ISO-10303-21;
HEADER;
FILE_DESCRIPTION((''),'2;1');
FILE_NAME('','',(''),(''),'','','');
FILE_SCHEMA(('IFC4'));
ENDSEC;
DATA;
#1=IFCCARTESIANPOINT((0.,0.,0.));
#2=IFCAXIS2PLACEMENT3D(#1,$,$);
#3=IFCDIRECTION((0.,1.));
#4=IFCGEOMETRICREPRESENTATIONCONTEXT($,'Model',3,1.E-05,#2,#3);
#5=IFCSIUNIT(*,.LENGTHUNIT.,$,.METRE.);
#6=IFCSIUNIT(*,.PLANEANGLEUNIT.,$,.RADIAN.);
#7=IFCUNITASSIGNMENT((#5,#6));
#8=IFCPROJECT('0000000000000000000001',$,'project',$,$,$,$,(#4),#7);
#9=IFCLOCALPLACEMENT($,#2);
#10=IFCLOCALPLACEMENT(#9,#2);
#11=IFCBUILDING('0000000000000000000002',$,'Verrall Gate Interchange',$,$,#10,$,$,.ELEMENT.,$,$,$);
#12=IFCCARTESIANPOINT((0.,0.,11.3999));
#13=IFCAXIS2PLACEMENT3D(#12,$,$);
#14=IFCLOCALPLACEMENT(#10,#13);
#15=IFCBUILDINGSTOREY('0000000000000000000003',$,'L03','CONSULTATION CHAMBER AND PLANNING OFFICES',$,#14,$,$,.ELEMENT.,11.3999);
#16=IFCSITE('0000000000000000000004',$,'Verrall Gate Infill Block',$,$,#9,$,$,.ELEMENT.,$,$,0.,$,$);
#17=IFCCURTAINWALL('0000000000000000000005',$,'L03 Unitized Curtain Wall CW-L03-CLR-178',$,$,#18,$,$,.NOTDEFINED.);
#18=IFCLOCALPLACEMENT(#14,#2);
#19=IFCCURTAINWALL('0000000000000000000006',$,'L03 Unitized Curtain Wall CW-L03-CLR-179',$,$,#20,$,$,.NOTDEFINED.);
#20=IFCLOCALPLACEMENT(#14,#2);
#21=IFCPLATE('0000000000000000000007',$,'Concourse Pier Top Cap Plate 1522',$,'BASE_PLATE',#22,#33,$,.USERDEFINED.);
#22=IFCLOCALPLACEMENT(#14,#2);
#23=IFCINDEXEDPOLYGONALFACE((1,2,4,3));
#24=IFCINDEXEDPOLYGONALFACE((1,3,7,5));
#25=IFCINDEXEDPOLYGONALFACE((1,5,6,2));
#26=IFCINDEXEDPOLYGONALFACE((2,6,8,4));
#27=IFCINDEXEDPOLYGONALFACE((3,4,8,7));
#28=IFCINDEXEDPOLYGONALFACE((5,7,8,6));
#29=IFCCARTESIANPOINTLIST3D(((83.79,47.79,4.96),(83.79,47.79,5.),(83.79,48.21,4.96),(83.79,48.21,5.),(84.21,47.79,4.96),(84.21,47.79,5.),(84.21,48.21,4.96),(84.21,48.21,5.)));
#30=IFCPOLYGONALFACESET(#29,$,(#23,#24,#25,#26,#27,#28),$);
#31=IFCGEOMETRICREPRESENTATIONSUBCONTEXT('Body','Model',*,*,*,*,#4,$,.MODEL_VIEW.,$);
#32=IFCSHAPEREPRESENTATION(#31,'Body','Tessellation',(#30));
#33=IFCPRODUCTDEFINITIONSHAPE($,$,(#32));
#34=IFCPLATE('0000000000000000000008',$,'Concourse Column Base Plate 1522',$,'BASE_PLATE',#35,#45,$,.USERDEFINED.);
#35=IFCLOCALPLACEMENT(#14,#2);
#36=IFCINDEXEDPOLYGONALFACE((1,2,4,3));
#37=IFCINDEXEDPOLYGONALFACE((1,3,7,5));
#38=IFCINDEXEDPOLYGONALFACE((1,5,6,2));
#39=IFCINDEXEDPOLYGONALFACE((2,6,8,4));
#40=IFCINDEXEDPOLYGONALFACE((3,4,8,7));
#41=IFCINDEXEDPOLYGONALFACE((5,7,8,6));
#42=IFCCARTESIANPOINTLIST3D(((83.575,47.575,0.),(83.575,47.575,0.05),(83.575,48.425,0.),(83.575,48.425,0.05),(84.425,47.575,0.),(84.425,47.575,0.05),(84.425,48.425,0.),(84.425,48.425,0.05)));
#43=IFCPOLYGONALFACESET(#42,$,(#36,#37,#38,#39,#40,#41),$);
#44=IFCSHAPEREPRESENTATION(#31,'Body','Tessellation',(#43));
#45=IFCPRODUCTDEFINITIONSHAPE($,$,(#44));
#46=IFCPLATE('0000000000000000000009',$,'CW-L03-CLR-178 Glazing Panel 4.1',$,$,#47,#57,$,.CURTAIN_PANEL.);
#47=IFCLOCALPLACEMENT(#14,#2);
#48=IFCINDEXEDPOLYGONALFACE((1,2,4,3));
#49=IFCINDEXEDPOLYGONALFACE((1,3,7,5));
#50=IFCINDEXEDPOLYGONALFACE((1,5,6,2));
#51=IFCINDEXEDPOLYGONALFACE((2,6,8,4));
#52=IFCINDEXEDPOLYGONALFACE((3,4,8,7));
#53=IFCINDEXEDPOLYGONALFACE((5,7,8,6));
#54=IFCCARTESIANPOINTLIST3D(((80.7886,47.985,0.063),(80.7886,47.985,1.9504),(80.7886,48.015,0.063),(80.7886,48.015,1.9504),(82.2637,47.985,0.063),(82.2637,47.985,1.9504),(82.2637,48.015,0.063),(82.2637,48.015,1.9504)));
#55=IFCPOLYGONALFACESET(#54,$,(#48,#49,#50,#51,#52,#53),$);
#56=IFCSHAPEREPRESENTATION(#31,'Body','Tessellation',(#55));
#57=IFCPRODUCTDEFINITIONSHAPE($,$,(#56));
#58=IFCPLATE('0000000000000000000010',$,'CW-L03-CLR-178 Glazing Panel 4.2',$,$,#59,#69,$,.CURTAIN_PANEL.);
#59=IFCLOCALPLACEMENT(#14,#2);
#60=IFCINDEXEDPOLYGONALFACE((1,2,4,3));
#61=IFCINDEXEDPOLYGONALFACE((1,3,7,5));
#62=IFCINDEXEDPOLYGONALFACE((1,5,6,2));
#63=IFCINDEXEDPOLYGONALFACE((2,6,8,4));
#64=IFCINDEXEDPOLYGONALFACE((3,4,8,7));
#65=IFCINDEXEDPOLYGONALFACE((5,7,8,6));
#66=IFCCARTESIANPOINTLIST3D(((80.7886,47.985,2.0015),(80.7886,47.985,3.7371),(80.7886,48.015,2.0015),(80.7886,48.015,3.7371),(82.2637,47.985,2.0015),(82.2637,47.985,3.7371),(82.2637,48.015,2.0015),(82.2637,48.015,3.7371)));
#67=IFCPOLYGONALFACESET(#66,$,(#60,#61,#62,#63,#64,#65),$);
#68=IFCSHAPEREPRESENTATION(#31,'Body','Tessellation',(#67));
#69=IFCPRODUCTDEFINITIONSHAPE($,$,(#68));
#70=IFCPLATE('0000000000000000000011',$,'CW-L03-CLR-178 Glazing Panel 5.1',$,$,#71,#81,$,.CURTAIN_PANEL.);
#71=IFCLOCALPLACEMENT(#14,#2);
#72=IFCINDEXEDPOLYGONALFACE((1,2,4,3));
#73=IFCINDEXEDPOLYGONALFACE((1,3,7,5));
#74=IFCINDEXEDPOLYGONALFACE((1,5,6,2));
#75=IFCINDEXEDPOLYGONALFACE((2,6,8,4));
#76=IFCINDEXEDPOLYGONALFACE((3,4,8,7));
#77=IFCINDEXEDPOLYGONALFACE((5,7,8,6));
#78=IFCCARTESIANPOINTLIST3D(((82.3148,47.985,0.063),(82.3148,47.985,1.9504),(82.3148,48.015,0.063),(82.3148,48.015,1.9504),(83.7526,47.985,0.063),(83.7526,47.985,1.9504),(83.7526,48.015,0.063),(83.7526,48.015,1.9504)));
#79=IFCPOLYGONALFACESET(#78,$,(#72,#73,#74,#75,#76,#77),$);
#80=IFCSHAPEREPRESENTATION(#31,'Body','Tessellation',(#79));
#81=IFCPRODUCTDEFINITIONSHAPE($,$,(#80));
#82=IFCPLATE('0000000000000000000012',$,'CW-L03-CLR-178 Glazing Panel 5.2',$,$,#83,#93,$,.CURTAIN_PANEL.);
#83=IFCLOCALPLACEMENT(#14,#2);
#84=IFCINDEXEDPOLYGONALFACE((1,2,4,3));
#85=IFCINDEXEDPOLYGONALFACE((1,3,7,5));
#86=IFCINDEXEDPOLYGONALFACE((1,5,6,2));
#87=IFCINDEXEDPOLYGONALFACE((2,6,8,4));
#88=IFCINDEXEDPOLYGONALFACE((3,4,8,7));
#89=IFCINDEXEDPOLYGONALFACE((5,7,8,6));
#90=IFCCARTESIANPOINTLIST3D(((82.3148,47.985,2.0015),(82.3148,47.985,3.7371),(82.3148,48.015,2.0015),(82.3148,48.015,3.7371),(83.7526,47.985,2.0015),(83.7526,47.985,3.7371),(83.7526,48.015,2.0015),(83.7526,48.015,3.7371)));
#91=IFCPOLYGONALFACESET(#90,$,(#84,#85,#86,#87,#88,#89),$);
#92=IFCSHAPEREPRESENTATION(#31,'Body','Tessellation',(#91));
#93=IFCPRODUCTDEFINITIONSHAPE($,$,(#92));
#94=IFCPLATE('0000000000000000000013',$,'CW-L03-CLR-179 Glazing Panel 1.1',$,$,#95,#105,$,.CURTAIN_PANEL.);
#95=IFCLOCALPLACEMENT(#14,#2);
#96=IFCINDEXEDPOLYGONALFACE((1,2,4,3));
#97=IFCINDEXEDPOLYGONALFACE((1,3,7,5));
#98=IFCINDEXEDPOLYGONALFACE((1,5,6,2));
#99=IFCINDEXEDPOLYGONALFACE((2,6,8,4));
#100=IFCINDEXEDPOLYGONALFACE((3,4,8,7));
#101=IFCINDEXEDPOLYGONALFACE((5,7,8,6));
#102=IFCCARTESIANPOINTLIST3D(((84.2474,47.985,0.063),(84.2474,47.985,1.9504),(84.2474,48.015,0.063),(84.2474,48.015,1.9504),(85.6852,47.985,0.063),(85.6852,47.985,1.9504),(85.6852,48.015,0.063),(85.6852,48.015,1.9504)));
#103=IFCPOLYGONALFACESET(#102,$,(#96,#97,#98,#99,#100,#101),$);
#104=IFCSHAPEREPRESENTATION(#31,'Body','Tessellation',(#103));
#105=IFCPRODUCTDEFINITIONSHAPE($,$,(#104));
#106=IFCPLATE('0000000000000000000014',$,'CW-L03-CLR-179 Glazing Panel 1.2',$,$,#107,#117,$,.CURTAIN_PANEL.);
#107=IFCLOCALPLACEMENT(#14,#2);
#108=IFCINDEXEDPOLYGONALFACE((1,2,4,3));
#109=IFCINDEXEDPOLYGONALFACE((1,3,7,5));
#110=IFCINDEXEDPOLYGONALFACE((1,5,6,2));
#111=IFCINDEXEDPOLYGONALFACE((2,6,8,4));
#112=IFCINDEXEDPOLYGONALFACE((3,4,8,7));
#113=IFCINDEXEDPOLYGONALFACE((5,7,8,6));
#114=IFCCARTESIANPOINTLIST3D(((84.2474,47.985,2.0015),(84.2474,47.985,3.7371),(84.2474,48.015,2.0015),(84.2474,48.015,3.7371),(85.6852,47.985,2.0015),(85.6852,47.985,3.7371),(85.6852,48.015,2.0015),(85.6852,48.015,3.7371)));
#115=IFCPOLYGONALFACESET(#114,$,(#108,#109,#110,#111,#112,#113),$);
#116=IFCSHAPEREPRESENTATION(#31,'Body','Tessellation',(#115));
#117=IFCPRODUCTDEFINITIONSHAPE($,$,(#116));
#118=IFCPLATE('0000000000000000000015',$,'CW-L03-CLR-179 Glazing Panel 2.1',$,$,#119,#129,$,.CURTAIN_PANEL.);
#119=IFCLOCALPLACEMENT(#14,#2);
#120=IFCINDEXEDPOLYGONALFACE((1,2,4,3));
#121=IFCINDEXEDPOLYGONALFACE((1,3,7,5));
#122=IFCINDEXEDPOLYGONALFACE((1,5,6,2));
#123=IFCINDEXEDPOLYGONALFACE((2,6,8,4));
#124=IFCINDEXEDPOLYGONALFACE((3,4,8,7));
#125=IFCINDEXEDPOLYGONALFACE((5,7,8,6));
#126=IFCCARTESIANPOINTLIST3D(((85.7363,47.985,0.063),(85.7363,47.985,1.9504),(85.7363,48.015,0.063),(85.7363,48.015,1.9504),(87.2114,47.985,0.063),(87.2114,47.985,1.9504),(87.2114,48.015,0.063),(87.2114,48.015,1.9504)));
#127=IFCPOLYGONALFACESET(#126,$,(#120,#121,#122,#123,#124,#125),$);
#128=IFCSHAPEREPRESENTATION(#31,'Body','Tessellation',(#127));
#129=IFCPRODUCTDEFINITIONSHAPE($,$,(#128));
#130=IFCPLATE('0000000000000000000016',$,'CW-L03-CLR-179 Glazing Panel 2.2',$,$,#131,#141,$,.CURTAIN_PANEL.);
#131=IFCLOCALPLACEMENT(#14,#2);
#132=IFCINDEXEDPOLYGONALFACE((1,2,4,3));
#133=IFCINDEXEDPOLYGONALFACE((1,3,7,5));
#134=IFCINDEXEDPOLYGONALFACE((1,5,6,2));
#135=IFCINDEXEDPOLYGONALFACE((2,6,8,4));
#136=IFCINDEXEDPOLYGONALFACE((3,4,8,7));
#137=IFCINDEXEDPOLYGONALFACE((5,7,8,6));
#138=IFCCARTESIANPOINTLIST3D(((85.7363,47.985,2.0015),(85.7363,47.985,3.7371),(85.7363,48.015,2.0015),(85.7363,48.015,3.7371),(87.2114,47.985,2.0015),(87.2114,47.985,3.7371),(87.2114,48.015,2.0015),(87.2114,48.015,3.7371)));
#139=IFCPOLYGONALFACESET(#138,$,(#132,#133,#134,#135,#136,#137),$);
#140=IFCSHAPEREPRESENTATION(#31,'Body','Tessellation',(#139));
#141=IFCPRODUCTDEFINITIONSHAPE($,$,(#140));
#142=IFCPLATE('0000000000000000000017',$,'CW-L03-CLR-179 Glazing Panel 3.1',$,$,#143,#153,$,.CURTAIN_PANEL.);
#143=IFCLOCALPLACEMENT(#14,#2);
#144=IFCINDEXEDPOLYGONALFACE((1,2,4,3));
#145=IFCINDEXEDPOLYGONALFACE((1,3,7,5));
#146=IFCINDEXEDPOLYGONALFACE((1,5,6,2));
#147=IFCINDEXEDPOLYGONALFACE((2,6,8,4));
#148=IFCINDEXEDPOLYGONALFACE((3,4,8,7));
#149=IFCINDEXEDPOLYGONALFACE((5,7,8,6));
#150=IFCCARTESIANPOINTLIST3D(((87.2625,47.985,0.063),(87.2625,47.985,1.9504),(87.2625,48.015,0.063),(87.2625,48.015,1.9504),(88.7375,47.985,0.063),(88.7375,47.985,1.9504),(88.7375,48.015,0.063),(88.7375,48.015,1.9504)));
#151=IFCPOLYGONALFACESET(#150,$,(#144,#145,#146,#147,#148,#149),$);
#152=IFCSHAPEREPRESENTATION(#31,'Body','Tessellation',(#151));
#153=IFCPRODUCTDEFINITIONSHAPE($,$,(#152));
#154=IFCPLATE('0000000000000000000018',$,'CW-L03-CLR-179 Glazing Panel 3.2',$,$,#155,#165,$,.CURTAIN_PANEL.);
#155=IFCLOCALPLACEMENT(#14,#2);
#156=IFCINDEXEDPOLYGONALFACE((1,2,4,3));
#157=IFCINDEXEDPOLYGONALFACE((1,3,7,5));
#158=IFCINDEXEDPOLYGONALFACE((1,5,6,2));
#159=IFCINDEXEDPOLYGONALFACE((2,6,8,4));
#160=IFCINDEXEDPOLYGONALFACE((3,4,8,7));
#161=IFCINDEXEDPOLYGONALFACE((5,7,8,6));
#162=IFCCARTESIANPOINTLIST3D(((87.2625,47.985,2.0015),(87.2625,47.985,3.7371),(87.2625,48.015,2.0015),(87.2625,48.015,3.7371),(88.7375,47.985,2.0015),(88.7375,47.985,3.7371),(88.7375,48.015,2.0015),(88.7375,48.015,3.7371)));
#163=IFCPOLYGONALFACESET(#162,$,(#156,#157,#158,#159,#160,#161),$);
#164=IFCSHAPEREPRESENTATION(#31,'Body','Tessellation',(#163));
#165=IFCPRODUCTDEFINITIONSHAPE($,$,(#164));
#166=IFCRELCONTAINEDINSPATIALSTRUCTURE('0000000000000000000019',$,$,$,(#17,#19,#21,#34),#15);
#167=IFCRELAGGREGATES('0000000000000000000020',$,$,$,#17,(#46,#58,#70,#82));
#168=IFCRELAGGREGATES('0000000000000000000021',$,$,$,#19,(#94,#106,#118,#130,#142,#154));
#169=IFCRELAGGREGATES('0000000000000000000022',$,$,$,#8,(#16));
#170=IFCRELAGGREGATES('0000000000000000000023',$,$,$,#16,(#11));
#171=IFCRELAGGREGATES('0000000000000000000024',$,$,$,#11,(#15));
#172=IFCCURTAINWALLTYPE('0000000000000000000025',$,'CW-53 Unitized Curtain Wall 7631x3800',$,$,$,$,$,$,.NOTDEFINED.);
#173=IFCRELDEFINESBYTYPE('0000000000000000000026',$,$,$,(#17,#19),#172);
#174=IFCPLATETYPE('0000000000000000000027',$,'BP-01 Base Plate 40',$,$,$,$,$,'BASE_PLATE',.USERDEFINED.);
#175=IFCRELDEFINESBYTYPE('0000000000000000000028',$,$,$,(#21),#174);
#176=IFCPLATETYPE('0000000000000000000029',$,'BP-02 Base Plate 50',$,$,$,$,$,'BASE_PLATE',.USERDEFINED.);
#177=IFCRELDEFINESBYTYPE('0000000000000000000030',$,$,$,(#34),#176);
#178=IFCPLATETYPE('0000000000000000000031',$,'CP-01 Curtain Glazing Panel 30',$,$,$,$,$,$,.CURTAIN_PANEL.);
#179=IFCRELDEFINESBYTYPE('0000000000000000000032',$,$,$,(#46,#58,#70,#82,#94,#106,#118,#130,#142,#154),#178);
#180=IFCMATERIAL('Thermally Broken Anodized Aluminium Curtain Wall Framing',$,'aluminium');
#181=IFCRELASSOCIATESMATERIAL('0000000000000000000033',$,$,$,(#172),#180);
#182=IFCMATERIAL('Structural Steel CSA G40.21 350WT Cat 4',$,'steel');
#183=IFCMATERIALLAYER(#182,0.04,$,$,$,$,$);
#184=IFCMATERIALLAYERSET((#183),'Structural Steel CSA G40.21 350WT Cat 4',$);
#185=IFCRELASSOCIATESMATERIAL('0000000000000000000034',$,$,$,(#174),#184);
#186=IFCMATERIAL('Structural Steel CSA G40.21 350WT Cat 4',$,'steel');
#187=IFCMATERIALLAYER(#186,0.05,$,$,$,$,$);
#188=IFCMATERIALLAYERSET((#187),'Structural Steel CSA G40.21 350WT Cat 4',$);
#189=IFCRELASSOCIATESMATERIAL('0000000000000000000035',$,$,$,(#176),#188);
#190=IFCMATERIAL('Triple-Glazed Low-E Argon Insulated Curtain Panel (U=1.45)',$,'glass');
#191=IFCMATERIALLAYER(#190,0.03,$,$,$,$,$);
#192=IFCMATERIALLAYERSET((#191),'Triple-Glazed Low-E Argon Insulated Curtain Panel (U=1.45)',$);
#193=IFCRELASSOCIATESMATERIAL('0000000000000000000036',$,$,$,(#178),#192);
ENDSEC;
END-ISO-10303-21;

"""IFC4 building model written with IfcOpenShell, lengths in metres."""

from ifc_helpers import new_model, si_unit, direction, frame, origin, origin_2d, place, context, subcontext, project, spatial, rectangle, extrude, material, layer, layer_set, type_object, element, aggregate, save


model = new_model("IFC4")

# Units and contexts
model_context = context("Model", 3, precision=1e-05, world=origin(), true_north=direction((0.0, 1.0)))
body_context = subcontext(model_context, "Body", "Model", "MODEL_VIEW")
ifc_project = project(units=[si_unit("LENGTHUNIT", "METRE"), si_unit("PLANEANGLEUNIT", "RADIAN")], contexts=[model_context])

# Site, building, storey
site_placement = place(None, origin())
site = spatial("IfcSite", under=ifc_project, at=site_placement, Name="Verrall Gate Infill Block", CompositionType="ELEMENT", RefElevation=0.0)
building_placement = place(site_placement, origin())
building = spatial("IfcBuilding", under=site, at=building_placement, Name="Verrall Gate Interchange", CompositionType="ELEMENT")
storey_placement = place(building_placement, frame((0.0, 0.0, 11.3999)))
storey = spatial("IfcBuildingStorey", under=building, at=storey_placement, Name="L03", Description="CONSULTATION CHAMBER AND PLANNING OFFICES", CompositionType="ELEMENT", Elevation=11.3999)

# Curtain walls
ifc_material_1 = material(Name="Thermally Broken Anodized Aluminium Curtain Wall Framing", Category="aluminium")
curtain_wall_type = type_object("IfcCurtainWallType", Name="CW-53 Unitized Curtain Wall 7631x3800", PredefinedType="NOTDEFINED", material=ifc_material_1)
curtain_wall_1_placement = place(storey_placement, origin())
curtain_wall_1 = element("IfcCurtainWall", 1, at=curtain_wall_1_placement, inside=storey, type_object=curtain_wall_type, Name="L03 Unitized Curtain Wall CW-L03-CLR-178", PredefinedType="NOTDEFINED")
curtain_wall_2_placement = place(storey_placement, origin())
curtain_wall_2 = element("IfcCurtainWall", 2, at=curtain_wall_2_placement, inside=storey, type_object=curtain_wall_type, Name="L03 Unitized Curtain Wall CW-L03-CLR-179", PredefinedType="NOTDEFINED")

# Plates
ifc_material_2 = material(Name="Structural Steel CSA G40.21 350WT Cat 4", Category="steel")
ifc_layer_1 = layer(ifc_material_2, 0.04)
ifc_layer_set_1 = layer_set([ifc_layer_1], Name="Structural Steel CSA G40.21 350WT Cat 4")
plate_type_1 = type_object("IfcPlateType", Name="BP-01 Base Plate 40", ElementType="BASE_PLATE", PredefinedType="USERDEFINED", material=ifc_layer_set_1)
plate_1_placement = place(storey_placement, frame((84.0, 48.0, 4.96), z_axis=(0.0, 0.0, 1.0), x_axis=(1.0, 0.0, 0.0)))
element("IfcPlate", 3, at=plate_1_placement, inside=storey, type_object=plate_type_1, Name="Concourse Pier Top Cap Plate 1522", ObjectType="BASE_PLATE", PredefinedType="USERDEFINED", context=body_context, shape_type="SweptSolid", body=[
    extrude(rectangle(XDim=0.4199, YDim=0.4199, at=origin_2d()), origin(), (0.0, 0.0, 1.0), 0.04),
])
ifc_material_3 = material(Name="Structural Steel CSA G40.21 350WT Cat 4", Category="steel")
ifc_layer_2 = layer(ifc_material_3, 0.05)
ifc_layer_set_2 = layer_set([ifc_layer_2], Name="Structural Steel CSA G40.21 350WT Cat 4")
plate_type_2 = type_object("IfcPlateType", Name="BP-02 Base Plate 50", ElementType="BASE_PLATE", PredefinedType="USERDEFINED", material=ifc_layer_set_2)
plate_2_placement = place(storey_placement, frame((84.0, 48.0, 0.0), z_axis=(0.0, 0.0, 1.0), x_axis=(1.0, 0.0, 0.0)))
element("IfcPlate", 4, at=plate_2_placement, inside=storey, type_object=plate_type_2, Name="Concourse Column Base Plate 1522", ObjectType="BASE_PLATE", PredefinedType="USERDEFINED", context=body_context, shape_type="SweptSolid", body=[
    extrude(rectangle(XDim=0.8501, YDim=0.8501, at=origin_2d()), origin(), (0.0, 0.0, 1.0), 0.05),
])

# Plates
ifc_material_4 = material(Name="Triple-Glazed Low-E Argon Insulated Curtain Panel (U=1.45)", Category="glass")
ifc_layer_3 = layer(ifc_material_4, 0.03)
ifc_layer_set_3 = layer_set([ifc_layer_3], Name="Triple-Glazed Low-E Argon Insulated Curtain Panel (U=1.45)")
plate_type_3 = type_object("IfcPlateType", Name="CP-01 Curtain Glazing Panel 30", PredefinedType="CURTAIN_PANEL", material=ifc_layer_set_3)
plate_3_placement = place(storey_placement, frame((81.5261, 48.0, 0.063), z_axis=(0.0, 0.0, 1.0), x_axis=(1.0, 0.0, 0.0)))
plate_3 = element("IfcPlate", 5, at=plate_3_placement, type_object=plate_type_3, Name="CW-L03-CLR-178 Glazing Panel 4.1", PredefinedType="CURTAIN_PANEL", context=body_context, shape_type="SweptSolid", body=[
    extrude(rectangle(XDim=1.4751, YDim=0.03, at=origin_2d()), origin(), (0.0, 0.0, 1.0), 1.8875),
])
plate_4_placement = place(storey_placement, frame((81.5261, 48.0, 2.0015), z_axis=(0.0, 0.0, 1.0), x_axis=(1.0, 0.0, 0.0)))
plate_4 = element("IfcPlate", 6, at=plate_4_placement, type_object=plate_type_3, Name="CW-L03-CLR-178 Glazing Panel 4.2", PredefinedType="CURTAIN_PANEL", context=body_context, shape_type="SweptSolid", body=[
    extrude(rectangle(XDim=1.4751, YDim=0.03, at=origin_2d()), origin(), (0.0, 0.0, 1.0), 1.7356),
])
plate_5_placement = place(storey_placement, frame((83.0337, 48.0, 0.063), z_axis=(0.0, 0.0, 1.0), x_axis=(1.0, 0.0, 0.0)))
plate_5 = element("IfcPlate", 7, at=plate_5_placement, type_object=plate_type_3, Name="CW-L03-CLR-178 Glazing Panel 5.1", PredefinedType="CURTAIN_PANEL", context=body_context, shape_type="SweptSolid", body=[
    extrude(rectangle(XDim=1.4377, YDim=0.03, at=origin_2d()), origin(), (0.0, 0.0, 1.0), 1.8875),
])
plate_6_placement = place(storey_placement, frame((83.0337, 48.0, 2.0015), z_axis=(0.0, 0.0, 1.0), x_axis=(1.0, 0.0, 0.0)))
plate_6 = element("IfcPlate", 8, at=plate_6_placement, type_object=plate_type_3, Name="CW-L03-CLR-178 Glazing Panel 5.2", PredefinedType="CURTAIN_PANEL", context=body_context, shape_type="SweptSolid", body=[
    extrude(rectangle(XDim=1.4377, YDim=0.03, at=origin_2d()), origin(), (0.0, 0.0, 1.0), 1.7356),
])
aggregate(curtain_wall_1, [plate_3, plate_4, plate_5, plate_6])
plate_7_placement = place(storey_placement, frame((84.9663, 48.0, 0.063), z_axis=(0.0, 0.0, 1.0), x_axis=(1.0, 0.0, 0.0)))
plate_7 = element("IfcPlate", 9, at=plate_7_placement, type_object=plate_type_3, Name="CW-L03-CLR-179 Glazing Panel 1.1", PredefinedType="CURTAIN_PANEL", context=body_context, shape_type="SweptSolid", body=[
    extrude(rectangle(XDim=1.4377, YDim=0.03, at=origin_2d()), origin(), (0.0, 0.0, 1.0), 1.8875),
])
plate_8_placement = place(storey_placement, frame((84.9663, 48.0, 2.0015), z_axis=(0.0, 0.0, 1.0), x_axis=(1.0, 0.0, 0.0)))
plate_8 = element("IfcPlate", 10, at=plate_8_placement, type_object=plate_type_3, Name="CW-L03-CLR-179 Glazing Panel 1.2", PredefinedType="CURTAIN_PANEL", context=body_context, shape_type="SweptSolid", body=[
    extrude(rectangle(XDim=1.4377, YDim=0.03, at=origin_2d()), origin(), (0.0, 0.0, 1.0), 1.7356),
])
plate_9_placement = place(storey_placement, frame((86.4739, 48.0, 0.063), z_axis=(0.0, 0.0, 1.0), x_axis=(1.0, 0.0, 0.0)))
plate_9 = element("IfcPlate", 11, at=plate_9_placement, type_object=plate_type_3, Name="CW-L03-CLR-179 Glazing Panel 2.1", PredefinedType="CURTAIN_PANEL", context=body_context, shape_type="SweptSolid", body=[
    extrude(rectangle(XDim=1.4751, YDim=0.03, at=origin_2d()), origin(), (0.0, 0.0, 1.0), 1.8875),
])
plate_10_placement = place(storey_placement, frame((86.4739, 48.0, 2.0015), z_axis=(0.0, 0.0, 1.0), x_axis=(1.0, 0.0, 0.0)))
plate_10 = element("IfcPlate", 12, at=plate_10_placement, type_object=plate_type_3, Name="CW-L03-CLR-179 Glazing Panel 2.2", PredefinedType="CURTAIN_PANEL", context=body_context, shape_type="SweptSolid", body=[
    extrude(rectangle(XDim=1.4751, YDim=0.03, at=origin_2d()), origin(), (0.0, 0.0, 1.0), 1.7356),
])
plate_11_placement = place(storey_placement, frame((88.0, 48.0, 0.063), z_axis=(0.0, 0.0, 1.0), x_axis=(1.0, 0.0, 0.0)))
plate_11 = element("IfcPlate", 13, at=plate_11_placement, type_object=plate_type_3, Name="CW-L03-CLR-179 Glazing Panel 3.1", PredefinedType="CURTAIN_PANEL", context=body_context, shape_type="SweptSolid", body=[
    extrude(rectangle(XDim=1.4751, YDim=0.03, at=origin_2d()), origin(), (0.0, 0.0, 1.0), 1.8875),
])
plate_12_placement = place(storey_placement, frame((88.0, 48.0, 2.0015), z_axis=(0.0, 0.0, 1.0), x_axis=(1.0, 0.0, 0.0)))
plate_12 = element("IfcPlate", 14, at=plate_12_placement, type_object=plate_type_3, Name="CW-L03-CLR-179 Glazing Panel 3.2", PredefinedType="CURTAIN_PANEL", context=body_context, shape_type="SweptSolid", body=[
    extrude(rectangle(XDim=1.4751, YDim=0.03, at=origin_2d()), origin(), (0.0, 0.0, 1.0), 1.7356),
])
aggregate(curtain_wall_2, [plate_7, plate_8, plate_9, plate_10, plate_11, plate_12])

save(model, "model.ifc")
